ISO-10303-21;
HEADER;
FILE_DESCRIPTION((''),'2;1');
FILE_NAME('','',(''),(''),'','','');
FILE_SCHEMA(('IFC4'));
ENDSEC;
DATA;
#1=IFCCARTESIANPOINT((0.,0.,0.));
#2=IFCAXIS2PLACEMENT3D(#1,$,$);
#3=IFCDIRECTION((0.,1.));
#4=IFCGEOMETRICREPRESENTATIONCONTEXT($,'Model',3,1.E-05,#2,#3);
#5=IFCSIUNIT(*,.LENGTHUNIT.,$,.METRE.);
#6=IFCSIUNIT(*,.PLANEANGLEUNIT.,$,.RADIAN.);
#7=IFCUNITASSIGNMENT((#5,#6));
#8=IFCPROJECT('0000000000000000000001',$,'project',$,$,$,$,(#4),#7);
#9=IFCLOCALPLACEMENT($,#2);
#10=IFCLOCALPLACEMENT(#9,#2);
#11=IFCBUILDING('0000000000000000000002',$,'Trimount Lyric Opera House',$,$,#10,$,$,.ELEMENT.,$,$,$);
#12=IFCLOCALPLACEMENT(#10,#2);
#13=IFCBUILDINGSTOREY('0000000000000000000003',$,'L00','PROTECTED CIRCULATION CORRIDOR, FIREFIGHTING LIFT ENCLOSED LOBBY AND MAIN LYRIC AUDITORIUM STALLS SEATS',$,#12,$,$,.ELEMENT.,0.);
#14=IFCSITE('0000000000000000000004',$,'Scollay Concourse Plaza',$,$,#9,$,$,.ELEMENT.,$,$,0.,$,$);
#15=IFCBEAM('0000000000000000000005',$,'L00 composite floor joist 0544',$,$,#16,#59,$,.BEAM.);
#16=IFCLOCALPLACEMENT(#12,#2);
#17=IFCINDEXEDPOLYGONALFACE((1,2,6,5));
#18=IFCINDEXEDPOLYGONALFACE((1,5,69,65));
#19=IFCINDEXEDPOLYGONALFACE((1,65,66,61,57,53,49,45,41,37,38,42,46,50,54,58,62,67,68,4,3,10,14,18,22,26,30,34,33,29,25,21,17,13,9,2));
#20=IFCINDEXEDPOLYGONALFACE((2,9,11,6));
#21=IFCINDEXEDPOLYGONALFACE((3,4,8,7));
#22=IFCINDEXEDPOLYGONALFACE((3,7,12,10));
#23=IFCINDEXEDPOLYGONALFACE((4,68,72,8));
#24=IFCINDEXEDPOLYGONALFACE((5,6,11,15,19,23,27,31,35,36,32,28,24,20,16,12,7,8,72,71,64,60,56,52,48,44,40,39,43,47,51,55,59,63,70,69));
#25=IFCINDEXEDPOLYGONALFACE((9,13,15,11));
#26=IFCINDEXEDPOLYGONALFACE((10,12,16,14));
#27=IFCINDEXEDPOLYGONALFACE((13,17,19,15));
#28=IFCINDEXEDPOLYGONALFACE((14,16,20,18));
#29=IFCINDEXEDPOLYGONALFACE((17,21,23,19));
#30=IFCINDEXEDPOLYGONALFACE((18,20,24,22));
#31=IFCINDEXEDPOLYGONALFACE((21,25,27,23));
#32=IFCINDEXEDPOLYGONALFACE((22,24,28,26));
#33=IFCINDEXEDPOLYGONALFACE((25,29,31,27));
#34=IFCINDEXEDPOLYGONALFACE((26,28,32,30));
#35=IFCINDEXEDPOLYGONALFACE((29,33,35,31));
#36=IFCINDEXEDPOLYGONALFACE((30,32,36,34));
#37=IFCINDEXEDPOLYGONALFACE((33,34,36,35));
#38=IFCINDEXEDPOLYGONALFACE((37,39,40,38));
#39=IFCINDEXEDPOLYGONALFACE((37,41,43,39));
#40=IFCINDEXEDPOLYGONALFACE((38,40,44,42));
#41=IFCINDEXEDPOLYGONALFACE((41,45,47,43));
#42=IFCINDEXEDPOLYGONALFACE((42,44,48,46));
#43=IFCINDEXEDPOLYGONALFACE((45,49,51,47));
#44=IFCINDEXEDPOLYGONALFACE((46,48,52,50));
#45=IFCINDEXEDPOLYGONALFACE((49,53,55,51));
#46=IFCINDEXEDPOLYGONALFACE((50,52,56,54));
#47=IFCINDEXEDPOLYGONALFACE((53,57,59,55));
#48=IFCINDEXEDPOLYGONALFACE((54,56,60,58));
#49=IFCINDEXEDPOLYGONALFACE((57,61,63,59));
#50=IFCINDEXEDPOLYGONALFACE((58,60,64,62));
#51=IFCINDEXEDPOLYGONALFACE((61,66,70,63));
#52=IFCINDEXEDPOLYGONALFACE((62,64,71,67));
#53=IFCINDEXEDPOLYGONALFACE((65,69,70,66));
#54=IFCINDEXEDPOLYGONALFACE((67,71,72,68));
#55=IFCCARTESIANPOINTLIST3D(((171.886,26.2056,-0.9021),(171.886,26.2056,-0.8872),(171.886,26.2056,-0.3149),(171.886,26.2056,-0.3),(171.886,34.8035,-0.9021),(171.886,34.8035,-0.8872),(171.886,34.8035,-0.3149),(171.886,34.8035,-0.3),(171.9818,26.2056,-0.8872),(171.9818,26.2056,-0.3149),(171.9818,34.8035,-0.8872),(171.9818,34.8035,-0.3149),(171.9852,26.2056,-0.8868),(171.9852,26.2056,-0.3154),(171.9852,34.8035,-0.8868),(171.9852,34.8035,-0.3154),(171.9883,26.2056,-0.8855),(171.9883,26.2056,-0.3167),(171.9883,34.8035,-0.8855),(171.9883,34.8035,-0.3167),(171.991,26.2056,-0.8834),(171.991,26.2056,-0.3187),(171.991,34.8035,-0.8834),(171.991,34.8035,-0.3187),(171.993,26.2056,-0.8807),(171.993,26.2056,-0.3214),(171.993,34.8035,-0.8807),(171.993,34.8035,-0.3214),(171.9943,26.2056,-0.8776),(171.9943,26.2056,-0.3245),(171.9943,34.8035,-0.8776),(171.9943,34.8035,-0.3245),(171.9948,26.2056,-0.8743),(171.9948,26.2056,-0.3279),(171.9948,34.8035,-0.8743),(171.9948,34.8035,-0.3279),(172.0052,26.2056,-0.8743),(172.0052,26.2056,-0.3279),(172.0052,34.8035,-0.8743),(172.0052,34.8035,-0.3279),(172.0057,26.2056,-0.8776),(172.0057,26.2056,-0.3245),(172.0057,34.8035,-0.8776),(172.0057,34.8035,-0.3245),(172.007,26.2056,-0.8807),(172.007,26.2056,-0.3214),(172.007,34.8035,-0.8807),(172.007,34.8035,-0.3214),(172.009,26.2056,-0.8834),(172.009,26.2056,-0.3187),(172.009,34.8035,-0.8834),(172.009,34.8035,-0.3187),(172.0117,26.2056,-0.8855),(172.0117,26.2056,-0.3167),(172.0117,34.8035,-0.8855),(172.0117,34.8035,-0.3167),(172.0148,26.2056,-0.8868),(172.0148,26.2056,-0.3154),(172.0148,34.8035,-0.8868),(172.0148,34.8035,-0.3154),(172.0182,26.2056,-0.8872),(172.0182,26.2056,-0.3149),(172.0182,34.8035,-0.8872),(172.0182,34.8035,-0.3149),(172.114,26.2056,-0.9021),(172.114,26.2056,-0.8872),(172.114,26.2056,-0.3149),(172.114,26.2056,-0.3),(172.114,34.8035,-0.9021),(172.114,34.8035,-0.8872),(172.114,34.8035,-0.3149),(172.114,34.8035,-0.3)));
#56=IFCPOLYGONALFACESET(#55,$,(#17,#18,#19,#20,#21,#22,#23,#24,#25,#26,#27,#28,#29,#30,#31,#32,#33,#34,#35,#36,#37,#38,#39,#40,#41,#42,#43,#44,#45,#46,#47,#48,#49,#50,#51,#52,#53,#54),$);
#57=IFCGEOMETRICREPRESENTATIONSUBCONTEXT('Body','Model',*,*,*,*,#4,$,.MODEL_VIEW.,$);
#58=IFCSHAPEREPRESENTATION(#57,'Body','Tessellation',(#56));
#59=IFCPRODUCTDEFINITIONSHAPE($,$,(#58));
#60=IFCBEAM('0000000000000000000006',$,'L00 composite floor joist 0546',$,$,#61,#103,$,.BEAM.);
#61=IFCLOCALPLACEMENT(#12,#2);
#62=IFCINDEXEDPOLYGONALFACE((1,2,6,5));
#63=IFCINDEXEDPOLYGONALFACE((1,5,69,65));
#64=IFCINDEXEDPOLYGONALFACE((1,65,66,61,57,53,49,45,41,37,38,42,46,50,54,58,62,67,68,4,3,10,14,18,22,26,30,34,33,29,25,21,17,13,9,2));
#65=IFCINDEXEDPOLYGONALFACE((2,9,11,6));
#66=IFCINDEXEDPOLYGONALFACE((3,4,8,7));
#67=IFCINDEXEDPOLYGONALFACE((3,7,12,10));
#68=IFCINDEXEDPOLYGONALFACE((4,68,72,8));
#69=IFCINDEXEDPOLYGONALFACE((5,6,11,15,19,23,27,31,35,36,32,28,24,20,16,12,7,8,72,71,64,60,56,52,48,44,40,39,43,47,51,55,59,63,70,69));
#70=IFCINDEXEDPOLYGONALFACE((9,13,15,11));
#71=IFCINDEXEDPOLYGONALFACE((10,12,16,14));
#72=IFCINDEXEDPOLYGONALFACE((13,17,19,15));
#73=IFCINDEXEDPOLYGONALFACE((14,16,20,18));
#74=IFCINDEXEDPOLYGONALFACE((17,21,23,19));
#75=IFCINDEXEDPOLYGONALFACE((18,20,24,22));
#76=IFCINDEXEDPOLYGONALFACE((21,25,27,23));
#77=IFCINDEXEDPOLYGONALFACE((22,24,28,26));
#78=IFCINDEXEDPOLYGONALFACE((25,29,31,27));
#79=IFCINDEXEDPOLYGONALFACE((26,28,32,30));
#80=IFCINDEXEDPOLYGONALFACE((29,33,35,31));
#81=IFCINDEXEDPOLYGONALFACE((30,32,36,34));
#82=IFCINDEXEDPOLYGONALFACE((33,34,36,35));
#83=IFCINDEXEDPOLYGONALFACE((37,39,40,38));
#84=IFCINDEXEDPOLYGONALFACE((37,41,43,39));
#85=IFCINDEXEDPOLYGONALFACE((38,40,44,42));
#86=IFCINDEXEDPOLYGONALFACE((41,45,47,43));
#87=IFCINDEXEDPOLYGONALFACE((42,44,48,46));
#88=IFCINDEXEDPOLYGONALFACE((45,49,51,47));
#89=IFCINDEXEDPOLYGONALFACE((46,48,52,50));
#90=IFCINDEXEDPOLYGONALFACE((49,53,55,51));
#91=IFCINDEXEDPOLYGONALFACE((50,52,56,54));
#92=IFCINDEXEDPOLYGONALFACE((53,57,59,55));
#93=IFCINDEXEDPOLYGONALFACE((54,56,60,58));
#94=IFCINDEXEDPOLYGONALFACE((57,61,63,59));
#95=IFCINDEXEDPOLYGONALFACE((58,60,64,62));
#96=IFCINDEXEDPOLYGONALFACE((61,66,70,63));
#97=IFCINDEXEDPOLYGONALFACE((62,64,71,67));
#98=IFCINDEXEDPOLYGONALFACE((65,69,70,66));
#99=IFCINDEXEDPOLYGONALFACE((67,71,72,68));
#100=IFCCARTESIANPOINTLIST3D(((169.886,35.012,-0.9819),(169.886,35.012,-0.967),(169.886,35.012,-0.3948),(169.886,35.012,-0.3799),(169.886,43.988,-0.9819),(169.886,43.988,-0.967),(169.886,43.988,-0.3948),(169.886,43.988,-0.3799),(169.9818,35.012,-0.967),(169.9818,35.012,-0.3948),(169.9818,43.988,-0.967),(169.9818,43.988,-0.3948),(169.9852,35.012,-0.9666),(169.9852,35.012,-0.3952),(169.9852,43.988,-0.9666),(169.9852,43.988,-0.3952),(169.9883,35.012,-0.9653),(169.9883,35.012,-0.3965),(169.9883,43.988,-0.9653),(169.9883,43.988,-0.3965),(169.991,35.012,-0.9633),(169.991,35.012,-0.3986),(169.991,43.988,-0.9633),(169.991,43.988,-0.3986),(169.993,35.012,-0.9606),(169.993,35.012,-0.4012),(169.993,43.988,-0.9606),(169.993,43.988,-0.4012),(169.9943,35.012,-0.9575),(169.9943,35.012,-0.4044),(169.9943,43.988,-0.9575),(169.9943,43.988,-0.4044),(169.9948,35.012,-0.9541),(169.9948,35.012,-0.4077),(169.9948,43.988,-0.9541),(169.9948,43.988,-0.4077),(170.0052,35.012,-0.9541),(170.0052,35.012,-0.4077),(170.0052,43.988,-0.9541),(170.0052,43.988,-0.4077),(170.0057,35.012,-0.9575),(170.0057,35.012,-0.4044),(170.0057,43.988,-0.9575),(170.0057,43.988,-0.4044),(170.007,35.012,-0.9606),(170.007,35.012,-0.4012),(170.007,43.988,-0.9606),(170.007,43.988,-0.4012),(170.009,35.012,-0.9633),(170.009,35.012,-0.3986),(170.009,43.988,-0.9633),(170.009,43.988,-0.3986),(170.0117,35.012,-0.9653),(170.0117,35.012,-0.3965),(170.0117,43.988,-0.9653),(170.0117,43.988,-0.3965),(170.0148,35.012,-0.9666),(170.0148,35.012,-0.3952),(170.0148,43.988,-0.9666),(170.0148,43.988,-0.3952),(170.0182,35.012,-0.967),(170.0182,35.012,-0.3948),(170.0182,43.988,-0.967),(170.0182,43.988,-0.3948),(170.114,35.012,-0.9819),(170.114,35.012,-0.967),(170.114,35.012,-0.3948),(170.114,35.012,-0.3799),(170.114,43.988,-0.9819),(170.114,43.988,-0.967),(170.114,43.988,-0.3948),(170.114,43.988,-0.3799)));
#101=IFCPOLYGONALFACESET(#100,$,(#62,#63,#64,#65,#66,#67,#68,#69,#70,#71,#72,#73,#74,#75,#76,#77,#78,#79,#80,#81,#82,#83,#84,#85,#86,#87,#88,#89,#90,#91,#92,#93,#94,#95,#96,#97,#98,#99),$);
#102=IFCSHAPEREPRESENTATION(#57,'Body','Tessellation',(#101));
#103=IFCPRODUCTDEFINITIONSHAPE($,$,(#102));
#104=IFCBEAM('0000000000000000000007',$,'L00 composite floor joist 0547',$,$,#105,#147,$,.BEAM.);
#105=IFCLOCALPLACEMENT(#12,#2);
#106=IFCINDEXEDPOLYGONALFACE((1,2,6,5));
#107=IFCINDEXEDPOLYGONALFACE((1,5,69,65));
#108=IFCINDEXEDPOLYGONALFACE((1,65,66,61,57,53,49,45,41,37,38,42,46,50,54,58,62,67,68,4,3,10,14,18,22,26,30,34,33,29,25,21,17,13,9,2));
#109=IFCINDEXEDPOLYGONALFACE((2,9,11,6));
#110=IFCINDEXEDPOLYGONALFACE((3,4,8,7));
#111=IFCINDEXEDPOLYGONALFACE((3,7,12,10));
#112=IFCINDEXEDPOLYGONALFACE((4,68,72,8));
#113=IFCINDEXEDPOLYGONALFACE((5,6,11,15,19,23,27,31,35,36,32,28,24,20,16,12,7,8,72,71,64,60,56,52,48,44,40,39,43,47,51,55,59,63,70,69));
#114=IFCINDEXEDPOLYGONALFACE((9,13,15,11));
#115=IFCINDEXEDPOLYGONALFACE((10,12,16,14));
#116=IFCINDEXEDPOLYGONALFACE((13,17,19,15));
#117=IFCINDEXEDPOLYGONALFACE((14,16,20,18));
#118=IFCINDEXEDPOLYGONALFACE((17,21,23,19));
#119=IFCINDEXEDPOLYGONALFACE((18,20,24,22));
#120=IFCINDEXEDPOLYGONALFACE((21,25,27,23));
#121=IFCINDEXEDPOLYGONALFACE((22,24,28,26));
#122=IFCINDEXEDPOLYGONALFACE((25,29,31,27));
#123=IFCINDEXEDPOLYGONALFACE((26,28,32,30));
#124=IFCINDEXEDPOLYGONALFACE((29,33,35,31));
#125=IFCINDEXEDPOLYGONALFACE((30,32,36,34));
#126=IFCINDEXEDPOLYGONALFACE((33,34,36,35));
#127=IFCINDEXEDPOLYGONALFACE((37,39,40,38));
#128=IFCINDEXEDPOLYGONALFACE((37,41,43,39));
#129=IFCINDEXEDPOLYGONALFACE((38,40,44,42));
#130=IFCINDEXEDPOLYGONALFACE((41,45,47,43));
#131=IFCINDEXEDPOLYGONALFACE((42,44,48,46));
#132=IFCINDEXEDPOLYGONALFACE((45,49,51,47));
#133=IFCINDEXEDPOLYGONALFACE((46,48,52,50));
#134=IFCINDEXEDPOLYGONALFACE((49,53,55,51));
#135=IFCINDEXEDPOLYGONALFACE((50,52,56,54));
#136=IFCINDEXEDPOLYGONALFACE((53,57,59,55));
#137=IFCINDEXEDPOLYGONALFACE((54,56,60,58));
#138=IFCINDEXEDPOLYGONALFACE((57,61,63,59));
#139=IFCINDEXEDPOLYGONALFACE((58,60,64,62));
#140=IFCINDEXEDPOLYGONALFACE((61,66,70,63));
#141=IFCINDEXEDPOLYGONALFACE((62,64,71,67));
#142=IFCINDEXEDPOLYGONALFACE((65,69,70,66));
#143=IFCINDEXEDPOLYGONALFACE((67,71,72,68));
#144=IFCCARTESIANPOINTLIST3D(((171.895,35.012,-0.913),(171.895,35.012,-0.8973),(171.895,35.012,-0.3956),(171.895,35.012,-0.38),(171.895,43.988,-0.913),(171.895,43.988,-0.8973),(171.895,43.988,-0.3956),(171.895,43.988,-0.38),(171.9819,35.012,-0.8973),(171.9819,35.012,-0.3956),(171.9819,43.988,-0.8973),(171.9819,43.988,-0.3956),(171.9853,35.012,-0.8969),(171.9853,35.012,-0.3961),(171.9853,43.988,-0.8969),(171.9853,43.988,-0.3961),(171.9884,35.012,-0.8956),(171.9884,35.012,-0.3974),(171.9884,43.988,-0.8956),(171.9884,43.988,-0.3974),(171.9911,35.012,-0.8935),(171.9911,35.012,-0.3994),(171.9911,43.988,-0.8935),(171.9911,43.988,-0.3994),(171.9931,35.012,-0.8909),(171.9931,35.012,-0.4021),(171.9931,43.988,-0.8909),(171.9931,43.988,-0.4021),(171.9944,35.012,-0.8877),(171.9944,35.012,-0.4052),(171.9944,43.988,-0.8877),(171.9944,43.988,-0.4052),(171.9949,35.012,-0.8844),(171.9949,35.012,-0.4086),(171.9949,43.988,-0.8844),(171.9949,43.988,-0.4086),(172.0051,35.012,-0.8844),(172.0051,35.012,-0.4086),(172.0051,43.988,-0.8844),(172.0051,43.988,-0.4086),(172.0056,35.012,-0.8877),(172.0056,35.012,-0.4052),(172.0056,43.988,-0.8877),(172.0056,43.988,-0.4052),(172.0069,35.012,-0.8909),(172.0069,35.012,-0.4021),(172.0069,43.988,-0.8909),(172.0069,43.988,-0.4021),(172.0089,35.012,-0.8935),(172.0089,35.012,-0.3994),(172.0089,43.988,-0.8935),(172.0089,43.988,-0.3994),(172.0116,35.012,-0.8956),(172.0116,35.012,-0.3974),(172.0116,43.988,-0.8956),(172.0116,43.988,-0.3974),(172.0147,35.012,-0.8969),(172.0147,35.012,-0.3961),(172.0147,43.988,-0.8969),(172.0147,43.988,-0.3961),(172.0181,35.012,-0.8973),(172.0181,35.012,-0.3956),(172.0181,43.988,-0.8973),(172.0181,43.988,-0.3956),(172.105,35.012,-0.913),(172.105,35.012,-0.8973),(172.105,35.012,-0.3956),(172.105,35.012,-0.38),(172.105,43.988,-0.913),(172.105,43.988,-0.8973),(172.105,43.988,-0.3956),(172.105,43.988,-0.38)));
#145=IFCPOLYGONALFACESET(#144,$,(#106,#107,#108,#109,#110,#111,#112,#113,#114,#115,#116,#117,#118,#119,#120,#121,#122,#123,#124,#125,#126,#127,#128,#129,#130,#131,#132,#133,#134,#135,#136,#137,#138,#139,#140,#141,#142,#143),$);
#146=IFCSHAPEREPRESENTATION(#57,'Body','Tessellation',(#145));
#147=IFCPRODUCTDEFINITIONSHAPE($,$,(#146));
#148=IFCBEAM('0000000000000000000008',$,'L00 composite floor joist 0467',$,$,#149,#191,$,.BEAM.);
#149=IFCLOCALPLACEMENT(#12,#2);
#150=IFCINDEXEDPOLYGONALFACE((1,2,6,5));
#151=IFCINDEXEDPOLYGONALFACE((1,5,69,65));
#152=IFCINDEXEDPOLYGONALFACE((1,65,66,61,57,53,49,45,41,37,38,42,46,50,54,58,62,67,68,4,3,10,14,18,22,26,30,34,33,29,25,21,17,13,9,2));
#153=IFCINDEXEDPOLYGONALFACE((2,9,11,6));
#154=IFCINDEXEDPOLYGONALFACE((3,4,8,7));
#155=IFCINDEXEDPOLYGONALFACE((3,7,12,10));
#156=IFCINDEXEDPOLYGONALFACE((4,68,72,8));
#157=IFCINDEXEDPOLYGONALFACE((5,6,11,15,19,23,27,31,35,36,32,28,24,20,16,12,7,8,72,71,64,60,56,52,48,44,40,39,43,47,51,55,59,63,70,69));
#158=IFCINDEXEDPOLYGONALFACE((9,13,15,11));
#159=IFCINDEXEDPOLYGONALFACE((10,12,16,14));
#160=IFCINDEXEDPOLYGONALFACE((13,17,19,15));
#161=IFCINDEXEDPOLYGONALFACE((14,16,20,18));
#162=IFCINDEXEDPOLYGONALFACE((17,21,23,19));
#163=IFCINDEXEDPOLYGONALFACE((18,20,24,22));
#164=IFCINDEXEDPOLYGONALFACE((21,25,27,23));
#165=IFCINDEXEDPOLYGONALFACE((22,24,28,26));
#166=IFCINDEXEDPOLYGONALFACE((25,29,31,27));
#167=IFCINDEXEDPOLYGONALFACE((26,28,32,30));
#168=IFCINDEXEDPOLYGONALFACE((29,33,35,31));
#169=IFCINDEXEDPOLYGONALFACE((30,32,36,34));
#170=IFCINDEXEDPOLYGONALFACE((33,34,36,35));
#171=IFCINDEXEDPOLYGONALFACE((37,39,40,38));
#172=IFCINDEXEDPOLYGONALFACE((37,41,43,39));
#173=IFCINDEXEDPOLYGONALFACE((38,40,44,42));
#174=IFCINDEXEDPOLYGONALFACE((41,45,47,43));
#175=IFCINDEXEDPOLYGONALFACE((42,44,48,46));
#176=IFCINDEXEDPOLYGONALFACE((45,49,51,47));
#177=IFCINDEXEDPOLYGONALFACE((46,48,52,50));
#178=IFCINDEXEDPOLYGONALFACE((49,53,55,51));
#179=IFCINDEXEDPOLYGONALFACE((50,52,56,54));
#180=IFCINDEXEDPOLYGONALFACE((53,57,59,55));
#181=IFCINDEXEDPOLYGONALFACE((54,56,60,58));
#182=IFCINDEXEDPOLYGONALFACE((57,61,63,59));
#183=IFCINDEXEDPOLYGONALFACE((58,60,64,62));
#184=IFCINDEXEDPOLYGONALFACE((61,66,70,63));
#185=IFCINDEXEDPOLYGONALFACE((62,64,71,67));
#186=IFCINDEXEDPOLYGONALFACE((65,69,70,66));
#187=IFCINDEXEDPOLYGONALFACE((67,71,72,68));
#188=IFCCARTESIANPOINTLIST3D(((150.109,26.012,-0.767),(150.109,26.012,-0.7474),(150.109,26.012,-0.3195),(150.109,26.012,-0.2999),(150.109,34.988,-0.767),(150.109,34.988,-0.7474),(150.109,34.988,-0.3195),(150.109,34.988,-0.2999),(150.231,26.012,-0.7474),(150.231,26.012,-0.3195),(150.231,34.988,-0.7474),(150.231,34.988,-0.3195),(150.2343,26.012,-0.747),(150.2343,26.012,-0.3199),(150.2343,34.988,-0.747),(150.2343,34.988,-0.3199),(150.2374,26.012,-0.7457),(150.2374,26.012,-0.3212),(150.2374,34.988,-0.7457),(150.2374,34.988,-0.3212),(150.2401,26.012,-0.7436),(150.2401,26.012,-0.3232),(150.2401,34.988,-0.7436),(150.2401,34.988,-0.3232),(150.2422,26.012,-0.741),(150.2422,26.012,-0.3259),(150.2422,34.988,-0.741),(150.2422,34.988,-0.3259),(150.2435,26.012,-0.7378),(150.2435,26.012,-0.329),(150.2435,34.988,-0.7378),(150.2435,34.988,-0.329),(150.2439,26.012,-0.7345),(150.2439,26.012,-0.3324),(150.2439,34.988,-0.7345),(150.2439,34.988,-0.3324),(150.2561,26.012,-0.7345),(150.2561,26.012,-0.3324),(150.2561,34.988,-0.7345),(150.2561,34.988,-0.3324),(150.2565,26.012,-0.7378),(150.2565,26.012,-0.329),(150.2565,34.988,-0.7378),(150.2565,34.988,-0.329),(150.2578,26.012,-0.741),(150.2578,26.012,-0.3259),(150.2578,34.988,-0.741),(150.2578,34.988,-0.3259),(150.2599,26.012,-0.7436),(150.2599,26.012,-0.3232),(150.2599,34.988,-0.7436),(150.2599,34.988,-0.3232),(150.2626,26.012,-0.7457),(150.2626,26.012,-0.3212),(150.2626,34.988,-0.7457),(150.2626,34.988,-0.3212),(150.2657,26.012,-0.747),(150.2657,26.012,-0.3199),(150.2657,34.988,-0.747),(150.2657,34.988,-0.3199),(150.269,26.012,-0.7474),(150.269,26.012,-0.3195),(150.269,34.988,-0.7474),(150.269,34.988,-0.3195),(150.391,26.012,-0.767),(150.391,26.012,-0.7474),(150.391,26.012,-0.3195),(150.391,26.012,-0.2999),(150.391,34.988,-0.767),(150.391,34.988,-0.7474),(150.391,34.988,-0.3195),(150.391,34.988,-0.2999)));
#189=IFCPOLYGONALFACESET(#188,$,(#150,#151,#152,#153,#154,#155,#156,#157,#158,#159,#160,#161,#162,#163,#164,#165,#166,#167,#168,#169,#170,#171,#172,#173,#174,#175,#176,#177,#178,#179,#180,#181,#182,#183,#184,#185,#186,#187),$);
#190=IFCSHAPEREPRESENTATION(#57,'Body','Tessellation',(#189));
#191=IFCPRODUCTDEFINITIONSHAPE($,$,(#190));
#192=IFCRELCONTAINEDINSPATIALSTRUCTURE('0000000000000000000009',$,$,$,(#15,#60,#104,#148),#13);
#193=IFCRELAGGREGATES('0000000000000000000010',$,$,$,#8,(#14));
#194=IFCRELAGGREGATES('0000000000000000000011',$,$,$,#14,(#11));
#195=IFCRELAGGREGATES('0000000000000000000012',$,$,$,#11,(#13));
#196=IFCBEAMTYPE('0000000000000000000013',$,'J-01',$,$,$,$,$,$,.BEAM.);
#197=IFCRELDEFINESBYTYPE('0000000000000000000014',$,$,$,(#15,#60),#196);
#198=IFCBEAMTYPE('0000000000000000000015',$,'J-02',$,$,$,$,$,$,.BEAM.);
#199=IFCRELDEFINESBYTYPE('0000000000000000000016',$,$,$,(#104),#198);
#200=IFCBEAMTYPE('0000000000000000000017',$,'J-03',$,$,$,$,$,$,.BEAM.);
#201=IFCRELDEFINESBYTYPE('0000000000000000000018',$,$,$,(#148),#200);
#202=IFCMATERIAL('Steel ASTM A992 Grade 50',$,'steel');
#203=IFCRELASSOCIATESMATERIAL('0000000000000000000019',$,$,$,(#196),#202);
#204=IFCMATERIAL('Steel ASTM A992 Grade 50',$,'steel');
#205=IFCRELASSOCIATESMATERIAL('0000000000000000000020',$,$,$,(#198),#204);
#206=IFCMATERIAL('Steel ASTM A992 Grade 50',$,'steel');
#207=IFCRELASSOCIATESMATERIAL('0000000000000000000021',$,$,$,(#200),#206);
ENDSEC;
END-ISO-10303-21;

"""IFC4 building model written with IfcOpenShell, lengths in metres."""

from ifc_helpers import new_model, si_unit, direction, frame, origin, origin_2d, place, context, subcontext, project, spatial, i_section, extrude, material, material_profile, profile_set, type_object, element, save


model = new_model("IFC4")

# Units and contexts
model_context = context("Model", 3, precision=1e-05, world=origin(), true_north=direction((0.0, 1.0)))
body_context = subcontext(model_context, "Body", "Model", "MODEL_VIEW")
ifc_project = project(units=[si_unit("LENGTHUNIT", "METRE"), si_unit("PLANEANGLEUNIT", "RADIAN")], contexts=[model_context])

# Site, building, storey
site_placement = place(None, origin())
site = spatial("IfcSite", under=ifc_project, at=site_placement, Name="Scollay Concourse Plaza", CompositionType="ELEMENT", RefElevation=0.0)
building_placement = place(site_placement, origin())
building = spatial("IfcBuilding", under=site, at=building_placement, Name="Trimount Lyric Opera House", CompositionType="ELEMENT")
storey_placement = place(building_placement, origin())
storey = spatial("IfcBuildingStorey", under=building, at=storey_placement, Name="L00", Description="PROTECTED CIRCULATION CORRIDOR, FIREFIGHTING LIFT ENCLOSED LOBBY AND MAIN LYRIC AUDITORIUM STALLS SEATS", CompositionType="ELEMENT", Elevation=0.0)

# Beams
ifc_material_1 = material(Name="Steel ASTM A992 Grade 50", Category="steel")
ifc_material_profile_1 = material_profile(ifc_material_1, i_section(OverallWidth=0.228, OverallDepth=0.6021, WebThickness=0.0105, FlangeThickness=0.0149, FilletRadius=0.0129, at=origin_2d()), Name="W24X68")
ifc_profile_set_1 = profile_set([ifc_material_profile_1], Name="Steel ASTM A992 Grade 50")
beam_type_1 = type_object("IfcBeamType", Name="J-01", PredefinedType="BEAM", material=ifc_profile_set_1)
for number, where, z_axis, x_axis, name in (
    (1, (172.0, 26.2056, -0.6011), (0.0, 1.0, 0.0), (-1.0, 0.0, 0.0), "L00 composite floor joist 0544"),
):
    element("IfcBeam", number, at=place(storey_placement, frame(where, z_axis=z_axis, x_axis=x_axis)), inside=storey, type_object=beam_type_1, Name=name, PredefinedType="BEAM", context=body_context, shape_type="SweptSolid", body=[
        extrude(i_section(OverallWidth=0.228, OverallDepth=0.6021, WebThickness=0.0105, FlangeThickness=0.0149, FilletRadius=0.0129, at=origin_2d()), origin(), (0.0, 0.0, 1.0), 8.5979),
    ])
beam_1_placement = place(storey_placement, frame((170.0, 35.012, -0.6809), z_axis=(0.0, 1.0, 0.0), x_axis=(-1.0, 0.0, 0.0)))
element("IfcBeam", 2, at=beam_1_placement, inside=storey, type_object=beam_type_1, Name="L00 composite floor joist 0546", PredefinedType="BEAM", context=body_context, shape_type="SweptSolid", body=[
    extrude(i_section(OverallWidth=0.228, OverallDepth=0.6021, WebThickness=0.0105, FlangeThickness=0.0149, FilletRadius=0.0129, at=origin_2d()), origin(), (0.0, 0.0, 1.0), 8.9761),
])
ifc_material_2 = material(Name="Steel ASTM A992 Grade 50", Category="steel")
ifc_material_profile_2 = material_profile(ifc_material_2, i_section(OverallWidth=0.21, OverallDepth=0.533, WebThickness=0.0103, FlangeThickness=0.0156, FilletRadius=0.0129, at=origin_2d()), Name="W21X62")
ifc_profile_set_2 = profile_set([ifc_material_profile_2], Name="Steel ASTM A992 Grade 50")
beam_type_2 = type_object("IfcBeamType", Name="J-02", PredefinedType="BEAM", material=ifc_profile_set_2)
beam_2_placement = place(storey_placement, frame((172.0, 35.012, -0.6465), z_axis=(0.0, 1.0, 0.0), x_axis=(-1.0, 0.0, 0.0)))
element("IfcBeam", 3, at=beam_2_placement, inside=storey, type_object=beam_type_2, Name="L00 composite floor joist 0547", PredefinedType="BEAM", context=body_context, shape_type="SweptSolid", body=[
    extrude(i_section(OverallWidth=0.21, OverallDepth=0.533, WebThickness=0.0103, FlangeThickness=0.0156, FilletRadius=0.0129, at=origin_2d()), origin(), (0.0, 0.0, 1.0), 8.9761),
])
ifc_material_3 = material(Name="Steel ASTM A992 Grade 50", Category="steel")
ifc_material_profile_3 = material_profile(ifc_material_3, i_section(OverallWidth=0.282, OverallDepth=0.467, WebThickness=0.0122, FlangeThickness=0.0195, FilletRadius=0.0129, at=origin_2d()), Name="W18X86")
ifc_profile_set_3 = profile_set([ifc_material_profile_3], Name="Steel ASTM A992 Grade 50")
beam_type_3 = type_object("IfcBeamType", Name="J-03", PredefinedType="BEAM", material=ifc_profile_set_3)
beam_3_placement = place(storey_placement, frame((150.25, 26.012, -0.5334), z_axis=(0.0, 1.0, 0.0), x_axis=(-1.0, 0.0, 0.0)))
element("IfcBeam", 4, at=beam_3_placement, inside=storey, type_object=beam_type_3, Name="L00 composite floor joist 0467", PredefinedType="BEAM", context=body_context, shape_type="SweptSolid", body=[
    extrude(i_section(OverallWidth=0.282, OverallDepth=0.467, WebThickness=0.0122, FlangeThickness=0.0195, FilletRadius=0.0129, at=origin_2d()), origin(), (0.0, 0.0, 1.0), 8.9761),
])

save(model, "model.ifc")
